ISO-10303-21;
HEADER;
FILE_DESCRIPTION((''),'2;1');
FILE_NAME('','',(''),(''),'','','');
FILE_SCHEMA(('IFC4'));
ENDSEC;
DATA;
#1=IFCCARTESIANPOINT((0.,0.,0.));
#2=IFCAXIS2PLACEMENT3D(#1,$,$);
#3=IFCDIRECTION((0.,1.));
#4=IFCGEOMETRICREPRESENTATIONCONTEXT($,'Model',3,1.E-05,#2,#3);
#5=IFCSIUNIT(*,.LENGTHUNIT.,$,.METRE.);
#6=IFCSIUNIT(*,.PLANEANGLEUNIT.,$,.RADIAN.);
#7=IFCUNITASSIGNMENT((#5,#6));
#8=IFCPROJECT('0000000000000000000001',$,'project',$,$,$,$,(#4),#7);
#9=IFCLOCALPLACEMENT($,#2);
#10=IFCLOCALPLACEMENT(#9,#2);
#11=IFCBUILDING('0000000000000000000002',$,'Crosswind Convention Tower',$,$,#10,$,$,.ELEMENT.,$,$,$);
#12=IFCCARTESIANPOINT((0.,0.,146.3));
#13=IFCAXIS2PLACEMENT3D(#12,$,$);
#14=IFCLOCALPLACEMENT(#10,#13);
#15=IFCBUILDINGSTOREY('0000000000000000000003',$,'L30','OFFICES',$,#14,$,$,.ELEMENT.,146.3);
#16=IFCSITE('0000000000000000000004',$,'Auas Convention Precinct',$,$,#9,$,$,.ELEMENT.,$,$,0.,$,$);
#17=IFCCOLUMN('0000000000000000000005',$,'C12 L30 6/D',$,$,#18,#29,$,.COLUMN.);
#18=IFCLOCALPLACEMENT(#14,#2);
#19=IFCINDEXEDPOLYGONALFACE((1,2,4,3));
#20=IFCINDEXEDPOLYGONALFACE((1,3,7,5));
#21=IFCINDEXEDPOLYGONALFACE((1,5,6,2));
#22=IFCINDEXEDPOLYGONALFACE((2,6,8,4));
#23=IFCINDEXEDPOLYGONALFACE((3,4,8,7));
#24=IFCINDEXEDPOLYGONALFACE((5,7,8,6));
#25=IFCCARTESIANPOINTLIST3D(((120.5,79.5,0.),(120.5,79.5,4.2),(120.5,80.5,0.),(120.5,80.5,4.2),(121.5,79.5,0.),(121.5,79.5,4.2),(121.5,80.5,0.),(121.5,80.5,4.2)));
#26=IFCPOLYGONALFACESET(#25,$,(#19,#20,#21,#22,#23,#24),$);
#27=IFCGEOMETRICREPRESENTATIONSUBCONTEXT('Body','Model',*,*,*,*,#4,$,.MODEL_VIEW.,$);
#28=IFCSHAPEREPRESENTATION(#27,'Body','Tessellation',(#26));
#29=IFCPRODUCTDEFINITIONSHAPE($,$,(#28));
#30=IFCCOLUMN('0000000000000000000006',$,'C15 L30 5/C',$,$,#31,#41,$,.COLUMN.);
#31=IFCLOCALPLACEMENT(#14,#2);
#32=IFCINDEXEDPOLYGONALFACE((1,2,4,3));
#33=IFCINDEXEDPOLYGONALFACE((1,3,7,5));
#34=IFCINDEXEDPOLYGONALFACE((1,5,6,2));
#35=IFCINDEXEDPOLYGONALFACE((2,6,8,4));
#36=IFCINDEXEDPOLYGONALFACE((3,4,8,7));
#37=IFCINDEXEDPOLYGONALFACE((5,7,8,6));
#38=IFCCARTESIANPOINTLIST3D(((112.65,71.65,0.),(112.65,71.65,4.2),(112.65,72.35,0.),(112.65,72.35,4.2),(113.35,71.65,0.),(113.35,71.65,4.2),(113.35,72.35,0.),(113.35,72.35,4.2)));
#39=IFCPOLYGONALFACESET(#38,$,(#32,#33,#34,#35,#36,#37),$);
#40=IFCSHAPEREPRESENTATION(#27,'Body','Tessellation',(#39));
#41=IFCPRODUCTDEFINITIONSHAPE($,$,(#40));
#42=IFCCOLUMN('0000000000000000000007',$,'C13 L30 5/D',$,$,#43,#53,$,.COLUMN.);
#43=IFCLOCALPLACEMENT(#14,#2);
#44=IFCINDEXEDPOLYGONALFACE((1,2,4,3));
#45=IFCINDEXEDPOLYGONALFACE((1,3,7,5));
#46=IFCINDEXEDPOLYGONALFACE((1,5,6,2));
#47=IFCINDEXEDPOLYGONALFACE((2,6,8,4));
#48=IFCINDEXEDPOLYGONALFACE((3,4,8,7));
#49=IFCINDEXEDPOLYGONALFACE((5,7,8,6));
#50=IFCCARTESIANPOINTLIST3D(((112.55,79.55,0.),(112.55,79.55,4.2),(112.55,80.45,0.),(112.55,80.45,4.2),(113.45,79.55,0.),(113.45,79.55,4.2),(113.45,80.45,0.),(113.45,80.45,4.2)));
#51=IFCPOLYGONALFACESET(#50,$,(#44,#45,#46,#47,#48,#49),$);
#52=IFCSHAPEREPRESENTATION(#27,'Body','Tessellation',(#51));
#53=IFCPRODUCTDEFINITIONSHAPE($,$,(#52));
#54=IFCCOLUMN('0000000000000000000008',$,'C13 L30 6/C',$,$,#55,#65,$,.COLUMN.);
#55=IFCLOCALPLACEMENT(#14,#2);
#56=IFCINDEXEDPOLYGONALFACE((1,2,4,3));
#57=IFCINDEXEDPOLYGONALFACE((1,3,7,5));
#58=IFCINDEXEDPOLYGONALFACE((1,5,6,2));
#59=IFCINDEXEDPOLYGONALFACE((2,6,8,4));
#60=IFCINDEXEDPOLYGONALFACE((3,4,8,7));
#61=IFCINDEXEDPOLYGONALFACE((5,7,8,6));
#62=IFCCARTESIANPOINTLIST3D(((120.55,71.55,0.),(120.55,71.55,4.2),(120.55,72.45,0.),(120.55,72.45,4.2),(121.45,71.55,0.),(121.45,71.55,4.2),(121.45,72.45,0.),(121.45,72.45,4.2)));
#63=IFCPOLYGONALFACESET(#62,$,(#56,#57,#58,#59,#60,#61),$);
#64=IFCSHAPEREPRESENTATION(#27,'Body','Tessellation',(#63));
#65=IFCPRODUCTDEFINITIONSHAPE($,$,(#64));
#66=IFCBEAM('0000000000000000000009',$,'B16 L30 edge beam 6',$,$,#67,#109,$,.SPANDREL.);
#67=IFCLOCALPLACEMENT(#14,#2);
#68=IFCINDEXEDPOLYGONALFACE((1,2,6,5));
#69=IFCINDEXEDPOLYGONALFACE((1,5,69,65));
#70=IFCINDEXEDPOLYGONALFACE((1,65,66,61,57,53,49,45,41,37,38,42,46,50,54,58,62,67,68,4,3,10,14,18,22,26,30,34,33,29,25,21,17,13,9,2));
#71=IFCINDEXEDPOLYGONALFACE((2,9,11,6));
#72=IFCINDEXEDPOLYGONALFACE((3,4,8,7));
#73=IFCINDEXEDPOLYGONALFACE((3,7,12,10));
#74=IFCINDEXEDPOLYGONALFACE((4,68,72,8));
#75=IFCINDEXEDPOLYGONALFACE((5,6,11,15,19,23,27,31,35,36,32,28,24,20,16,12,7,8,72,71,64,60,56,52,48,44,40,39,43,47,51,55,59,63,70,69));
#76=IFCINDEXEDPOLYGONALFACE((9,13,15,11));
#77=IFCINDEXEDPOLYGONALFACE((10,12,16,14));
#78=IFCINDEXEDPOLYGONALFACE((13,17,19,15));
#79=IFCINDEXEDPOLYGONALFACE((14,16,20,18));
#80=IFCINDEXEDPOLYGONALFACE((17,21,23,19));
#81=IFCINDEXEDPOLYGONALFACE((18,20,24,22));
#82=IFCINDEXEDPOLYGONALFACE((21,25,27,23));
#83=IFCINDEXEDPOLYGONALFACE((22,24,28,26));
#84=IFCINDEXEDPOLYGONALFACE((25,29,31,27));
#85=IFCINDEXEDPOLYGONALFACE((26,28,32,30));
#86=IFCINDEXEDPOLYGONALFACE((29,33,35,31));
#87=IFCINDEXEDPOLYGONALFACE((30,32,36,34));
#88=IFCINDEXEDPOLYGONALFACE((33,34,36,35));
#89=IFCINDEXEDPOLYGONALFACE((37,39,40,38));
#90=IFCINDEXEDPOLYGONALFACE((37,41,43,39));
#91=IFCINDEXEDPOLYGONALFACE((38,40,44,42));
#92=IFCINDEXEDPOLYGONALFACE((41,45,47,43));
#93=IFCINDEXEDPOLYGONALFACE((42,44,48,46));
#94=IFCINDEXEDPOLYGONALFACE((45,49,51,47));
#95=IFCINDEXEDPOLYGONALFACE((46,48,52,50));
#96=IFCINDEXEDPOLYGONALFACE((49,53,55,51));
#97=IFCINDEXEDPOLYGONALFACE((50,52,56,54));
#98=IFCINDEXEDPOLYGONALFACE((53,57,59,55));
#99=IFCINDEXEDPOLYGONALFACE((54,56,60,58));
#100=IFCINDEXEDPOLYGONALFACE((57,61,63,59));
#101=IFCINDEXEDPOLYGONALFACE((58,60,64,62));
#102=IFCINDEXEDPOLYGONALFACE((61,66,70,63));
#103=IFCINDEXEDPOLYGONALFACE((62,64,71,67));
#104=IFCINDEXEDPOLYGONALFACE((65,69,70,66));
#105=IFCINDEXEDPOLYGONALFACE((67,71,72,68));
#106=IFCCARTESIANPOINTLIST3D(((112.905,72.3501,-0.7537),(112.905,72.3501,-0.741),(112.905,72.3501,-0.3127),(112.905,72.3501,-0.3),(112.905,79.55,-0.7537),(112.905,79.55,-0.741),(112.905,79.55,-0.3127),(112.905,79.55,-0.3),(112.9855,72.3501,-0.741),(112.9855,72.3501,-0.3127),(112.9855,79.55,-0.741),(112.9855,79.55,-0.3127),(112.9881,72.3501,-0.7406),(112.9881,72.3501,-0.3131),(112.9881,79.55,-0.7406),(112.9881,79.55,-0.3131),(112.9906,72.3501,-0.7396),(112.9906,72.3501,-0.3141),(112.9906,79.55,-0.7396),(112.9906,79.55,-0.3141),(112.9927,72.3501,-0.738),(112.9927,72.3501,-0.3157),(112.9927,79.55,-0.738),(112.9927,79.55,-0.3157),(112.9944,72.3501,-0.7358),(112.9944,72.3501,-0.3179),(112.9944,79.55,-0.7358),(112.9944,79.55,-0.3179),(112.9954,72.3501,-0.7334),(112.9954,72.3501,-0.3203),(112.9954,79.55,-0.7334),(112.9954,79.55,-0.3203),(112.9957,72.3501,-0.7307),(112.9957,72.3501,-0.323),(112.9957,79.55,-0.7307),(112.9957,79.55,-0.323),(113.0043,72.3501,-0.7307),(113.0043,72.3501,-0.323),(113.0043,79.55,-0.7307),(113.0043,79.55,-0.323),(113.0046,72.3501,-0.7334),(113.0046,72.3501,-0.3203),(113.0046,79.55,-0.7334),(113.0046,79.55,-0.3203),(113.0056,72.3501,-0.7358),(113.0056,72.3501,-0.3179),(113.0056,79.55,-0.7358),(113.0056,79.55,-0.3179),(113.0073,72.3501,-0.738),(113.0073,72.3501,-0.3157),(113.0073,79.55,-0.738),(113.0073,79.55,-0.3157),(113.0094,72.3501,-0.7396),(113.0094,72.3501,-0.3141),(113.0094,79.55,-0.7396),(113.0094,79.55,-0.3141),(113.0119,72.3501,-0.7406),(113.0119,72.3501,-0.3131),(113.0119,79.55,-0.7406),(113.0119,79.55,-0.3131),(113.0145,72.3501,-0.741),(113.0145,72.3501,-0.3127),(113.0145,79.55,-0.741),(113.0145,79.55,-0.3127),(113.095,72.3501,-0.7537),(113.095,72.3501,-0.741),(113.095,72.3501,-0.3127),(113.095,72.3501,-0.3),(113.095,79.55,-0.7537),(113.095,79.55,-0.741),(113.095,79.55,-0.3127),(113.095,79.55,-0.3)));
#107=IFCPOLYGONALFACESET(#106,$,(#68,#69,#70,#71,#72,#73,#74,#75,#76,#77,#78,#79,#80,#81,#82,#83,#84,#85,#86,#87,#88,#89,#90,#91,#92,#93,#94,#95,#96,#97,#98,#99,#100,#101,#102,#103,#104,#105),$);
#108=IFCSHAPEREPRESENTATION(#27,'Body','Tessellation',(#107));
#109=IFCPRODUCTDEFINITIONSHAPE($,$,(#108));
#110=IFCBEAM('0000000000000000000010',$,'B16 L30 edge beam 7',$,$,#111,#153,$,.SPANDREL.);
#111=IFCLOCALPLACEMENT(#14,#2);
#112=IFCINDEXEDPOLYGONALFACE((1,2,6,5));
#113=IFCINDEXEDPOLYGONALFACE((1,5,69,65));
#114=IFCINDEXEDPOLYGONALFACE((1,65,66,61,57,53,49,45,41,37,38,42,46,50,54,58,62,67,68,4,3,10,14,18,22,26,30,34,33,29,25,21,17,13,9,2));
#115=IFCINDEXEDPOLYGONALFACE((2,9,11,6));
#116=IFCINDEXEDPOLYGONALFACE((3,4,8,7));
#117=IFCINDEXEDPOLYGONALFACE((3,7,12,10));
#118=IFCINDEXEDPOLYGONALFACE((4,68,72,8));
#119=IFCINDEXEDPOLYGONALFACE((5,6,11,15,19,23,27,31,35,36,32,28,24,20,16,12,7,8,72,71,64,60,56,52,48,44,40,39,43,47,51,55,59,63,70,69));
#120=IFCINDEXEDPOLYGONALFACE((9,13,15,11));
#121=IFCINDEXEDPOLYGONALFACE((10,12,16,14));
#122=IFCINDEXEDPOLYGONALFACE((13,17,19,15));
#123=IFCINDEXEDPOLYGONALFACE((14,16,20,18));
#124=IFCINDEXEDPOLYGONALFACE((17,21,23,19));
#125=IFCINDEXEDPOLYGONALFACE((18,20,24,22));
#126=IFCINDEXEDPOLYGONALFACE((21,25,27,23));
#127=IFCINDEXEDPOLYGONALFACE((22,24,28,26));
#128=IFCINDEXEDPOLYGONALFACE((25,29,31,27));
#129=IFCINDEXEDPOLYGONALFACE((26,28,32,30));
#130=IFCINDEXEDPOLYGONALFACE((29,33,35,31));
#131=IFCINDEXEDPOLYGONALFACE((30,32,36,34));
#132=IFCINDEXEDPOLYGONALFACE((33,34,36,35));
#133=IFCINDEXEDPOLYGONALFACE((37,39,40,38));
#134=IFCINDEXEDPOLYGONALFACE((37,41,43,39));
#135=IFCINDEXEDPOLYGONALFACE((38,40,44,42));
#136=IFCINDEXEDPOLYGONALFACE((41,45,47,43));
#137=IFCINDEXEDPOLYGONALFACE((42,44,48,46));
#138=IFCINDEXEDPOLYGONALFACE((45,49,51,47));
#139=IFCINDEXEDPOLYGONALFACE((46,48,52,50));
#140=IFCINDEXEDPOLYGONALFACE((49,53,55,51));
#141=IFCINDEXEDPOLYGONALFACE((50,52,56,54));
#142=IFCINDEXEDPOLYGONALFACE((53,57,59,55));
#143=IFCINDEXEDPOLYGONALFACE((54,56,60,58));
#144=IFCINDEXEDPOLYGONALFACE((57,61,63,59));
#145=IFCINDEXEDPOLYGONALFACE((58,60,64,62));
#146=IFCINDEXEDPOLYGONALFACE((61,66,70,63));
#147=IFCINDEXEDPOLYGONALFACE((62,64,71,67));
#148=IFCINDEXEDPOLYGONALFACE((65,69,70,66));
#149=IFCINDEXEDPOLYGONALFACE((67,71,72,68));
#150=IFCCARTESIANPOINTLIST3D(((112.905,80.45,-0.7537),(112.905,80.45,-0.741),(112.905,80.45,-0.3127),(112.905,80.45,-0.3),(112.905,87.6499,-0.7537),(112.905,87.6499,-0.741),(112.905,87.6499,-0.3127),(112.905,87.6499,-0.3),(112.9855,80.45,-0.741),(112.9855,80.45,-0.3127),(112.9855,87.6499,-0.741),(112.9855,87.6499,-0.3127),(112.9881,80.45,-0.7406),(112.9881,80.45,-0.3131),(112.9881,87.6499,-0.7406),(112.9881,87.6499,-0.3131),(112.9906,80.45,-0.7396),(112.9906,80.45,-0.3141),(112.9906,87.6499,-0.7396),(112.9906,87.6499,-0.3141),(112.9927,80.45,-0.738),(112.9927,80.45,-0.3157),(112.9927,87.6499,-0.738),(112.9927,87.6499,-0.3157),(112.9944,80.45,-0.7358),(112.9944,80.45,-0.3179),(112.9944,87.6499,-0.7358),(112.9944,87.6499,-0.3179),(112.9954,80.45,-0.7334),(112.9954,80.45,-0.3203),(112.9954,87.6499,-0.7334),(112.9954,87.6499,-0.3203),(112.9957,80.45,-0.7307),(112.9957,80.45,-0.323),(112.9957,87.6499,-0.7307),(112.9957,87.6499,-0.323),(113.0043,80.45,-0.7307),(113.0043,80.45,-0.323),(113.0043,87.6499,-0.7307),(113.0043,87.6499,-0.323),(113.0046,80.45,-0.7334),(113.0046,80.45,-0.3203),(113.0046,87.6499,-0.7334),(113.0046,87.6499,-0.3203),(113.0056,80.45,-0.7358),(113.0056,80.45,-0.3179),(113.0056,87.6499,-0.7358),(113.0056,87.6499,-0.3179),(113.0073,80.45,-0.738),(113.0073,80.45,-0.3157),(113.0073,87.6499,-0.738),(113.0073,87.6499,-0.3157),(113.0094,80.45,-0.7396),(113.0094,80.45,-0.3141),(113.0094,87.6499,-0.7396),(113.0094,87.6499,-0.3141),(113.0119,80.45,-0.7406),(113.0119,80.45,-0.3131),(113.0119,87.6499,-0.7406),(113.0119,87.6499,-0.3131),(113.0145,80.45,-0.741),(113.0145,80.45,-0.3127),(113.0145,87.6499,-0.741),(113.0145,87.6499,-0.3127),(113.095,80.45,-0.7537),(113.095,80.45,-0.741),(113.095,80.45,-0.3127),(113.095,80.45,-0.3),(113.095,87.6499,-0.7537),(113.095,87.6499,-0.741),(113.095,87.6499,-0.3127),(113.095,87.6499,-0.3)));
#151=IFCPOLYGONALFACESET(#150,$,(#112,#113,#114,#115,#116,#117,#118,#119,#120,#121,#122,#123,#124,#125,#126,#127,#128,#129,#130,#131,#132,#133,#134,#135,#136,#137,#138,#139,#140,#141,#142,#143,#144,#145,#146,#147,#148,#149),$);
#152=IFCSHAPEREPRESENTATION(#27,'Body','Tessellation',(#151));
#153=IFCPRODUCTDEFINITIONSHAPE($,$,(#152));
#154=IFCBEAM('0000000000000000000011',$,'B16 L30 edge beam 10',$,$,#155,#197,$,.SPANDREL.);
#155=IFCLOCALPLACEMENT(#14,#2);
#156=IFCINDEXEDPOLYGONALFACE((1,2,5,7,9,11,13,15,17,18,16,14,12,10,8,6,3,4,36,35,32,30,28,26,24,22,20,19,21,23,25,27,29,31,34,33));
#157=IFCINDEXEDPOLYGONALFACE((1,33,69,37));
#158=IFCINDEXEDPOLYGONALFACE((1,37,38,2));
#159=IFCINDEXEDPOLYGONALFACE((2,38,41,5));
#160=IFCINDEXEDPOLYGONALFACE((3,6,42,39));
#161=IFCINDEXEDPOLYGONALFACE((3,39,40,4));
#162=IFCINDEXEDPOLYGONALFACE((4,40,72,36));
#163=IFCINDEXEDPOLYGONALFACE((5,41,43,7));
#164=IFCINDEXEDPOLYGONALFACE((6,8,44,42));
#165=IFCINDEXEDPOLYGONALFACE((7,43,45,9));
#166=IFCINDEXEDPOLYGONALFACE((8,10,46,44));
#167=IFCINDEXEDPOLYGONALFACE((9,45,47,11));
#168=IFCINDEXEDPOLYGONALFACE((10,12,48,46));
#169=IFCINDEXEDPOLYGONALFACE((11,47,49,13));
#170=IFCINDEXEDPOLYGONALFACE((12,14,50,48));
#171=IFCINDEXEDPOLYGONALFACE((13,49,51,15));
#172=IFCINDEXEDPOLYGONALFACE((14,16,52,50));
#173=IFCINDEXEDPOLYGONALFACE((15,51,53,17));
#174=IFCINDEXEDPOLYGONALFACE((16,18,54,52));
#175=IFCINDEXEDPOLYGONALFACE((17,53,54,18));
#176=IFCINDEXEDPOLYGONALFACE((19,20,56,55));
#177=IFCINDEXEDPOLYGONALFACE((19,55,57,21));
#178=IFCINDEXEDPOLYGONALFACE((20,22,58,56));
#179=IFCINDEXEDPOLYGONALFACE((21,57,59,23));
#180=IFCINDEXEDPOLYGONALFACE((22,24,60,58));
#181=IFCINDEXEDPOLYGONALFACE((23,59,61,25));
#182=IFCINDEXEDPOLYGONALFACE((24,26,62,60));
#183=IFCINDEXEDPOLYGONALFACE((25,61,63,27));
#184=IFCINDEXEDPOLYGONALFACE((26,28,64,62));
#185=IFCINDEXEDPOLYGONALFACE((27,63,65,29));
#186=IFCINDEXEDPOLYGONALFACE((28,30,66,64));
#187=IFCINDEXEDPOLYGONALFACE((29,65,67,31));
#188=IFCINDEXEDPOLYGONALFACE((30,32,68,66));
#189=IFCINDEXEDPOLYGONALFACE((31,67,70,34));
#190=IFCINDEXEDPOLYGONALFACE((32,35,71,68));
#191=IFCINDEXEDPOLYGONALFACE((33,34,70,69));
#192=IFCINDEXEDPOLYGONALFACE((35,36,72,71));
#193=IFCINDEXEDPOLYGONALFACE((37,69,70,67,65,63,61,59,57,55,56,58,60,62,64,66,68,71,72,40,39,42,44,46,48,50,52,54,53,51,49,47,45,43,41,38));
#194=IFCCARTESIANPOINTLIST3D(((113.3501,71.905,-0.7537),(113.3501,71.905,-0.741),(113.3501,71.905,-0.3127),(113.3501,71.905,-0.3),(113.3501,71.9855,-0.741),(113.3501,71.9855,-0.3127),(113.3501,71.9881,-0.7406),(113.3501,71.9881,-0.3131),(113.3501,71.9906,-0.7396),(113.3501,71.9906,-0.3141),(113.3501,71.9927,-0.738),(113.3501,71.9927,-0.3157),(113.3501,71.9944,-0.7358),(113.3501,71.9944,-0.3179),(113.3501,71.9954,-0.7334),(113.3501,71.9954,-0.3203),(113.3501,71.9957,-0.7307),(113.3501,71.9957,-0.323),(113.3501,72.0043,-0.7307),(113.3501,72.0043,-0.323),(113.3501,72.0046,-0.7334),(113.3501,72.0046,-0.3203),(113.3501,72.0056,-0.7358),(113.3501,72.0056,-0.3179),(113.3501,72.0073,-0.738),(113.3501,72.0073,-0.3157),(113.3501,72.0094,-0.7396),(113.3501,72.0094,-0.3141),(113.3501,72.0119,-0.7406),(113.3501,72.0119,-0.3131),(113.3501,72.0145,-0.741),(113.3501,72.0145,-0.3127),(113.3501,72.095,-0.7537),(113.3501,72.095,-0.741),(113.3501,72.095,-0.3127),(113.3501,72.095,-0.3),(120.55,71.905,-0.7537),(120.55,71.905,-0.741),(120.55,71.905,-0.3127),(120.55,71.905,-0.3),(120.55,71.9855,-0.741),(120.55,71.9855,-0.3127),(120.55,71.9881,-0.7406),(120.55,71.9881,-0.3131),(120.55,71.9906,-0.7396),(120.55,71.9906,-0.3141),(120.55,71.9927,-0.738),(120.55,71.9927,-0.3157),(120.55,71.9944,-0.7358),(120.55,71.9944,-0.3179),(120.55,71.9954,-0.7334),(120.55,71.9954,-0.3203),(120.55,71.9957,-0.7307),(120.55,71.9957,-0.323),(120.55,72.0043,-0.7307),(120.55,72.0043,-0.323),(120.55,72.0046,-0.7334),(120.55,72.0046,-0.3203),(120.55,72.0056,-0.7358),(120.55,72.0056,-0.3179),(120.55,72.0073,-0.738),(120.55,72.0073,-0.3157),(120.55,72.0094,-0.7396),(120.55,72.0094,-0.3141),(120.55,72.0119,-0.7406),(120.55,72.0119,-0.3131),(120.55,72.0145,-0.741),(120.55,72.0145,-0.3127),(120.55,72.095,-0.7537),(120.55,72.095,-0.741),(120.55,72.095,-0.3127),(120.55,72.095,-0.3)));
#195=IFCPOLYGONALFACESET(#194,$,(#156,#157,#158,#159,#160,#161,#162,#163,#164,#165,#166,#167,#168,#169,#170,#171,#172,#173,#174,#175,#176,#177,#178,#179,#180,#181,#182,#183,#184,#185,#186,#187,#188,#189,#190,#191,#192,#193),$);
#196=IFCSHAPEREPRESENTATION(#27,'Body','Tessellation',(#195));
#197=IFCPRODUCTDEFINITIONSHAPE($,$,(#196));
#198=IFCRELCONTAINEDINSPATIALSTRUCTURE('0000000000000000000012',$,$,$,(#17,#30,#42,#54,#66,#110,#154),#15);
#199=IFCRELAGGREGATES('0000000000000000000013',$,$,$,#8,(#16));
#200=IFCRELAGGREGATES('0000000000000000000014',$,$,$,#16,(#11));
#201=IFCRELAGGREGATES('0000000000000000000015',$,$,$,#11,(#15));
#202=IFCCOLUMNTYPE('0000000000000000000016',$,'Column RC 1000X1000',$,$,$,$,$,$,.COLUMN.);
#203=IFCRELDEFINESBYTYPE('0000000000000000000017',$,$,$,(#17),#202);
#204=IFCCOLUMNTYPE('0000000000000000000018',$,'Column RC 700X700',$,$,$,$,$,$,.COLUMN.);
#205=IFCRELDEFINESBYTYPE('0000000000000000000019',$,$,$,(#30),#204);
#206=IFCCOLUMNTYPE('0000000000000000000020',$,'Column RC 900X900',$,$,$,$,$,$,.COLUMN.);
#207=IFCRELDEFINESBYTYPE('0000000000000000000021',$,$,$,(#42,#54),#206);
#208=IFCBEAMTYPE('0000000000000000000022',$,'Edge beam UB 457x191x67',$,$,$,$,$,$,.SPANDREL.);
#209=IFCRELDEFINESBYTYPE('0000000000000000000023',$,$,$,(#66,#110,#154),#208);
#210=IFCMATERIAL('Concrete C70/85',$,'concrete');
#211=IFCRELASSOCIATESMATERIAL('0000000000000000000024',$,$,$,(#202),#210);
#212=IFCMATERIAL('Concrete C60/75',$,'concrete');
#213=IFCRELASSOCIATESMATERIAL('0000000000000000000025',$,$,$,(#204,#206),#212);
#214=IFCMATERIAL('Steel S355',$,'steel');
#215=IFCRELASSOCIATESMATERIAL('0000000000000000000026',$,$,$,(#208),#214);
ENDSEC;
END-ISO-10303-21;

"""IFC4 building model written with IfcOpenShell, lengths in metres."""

from ifc_helpers import new_model, si_unit, direction, frame, origin, origin_2d, place, context, subcontext, project, spatial, rectangle, i_section, extrude, material, material_profile, profile_set, type_object, element, save


model = new_model("IFC4")

# Units and contexts
model_context = context("Model", 3, precision=1e-05, world=origin(), true_north=direction((0.0, 1.0)))
body_context = subcontext(model_context, "Body", "Model", "MODEL_VIEW")
ifc_project = project(units=[si_unit("LENGTHUNIT", "METRE"), si_unit("PLANEANGLEUNIT", "RADIAN")], contexts=[model_context])

# Site, building, storey
site_placement = place(None, origin())
site = spatial("IfcSite", under=ifc_project, at=site_placement, Name="Auas Convention Precinct", CompositionType="ELEMENT", RefElevation=0.0)
building_placement = place(site_placement, origin())
building = spatial("IfcBuilding", under=site, at=building_placement, Name="Crosswind Convention Tower", CompositionType="ELEMENT")
storey_placement = place(building_placement, frame((0.0, 0.0, 146.3)))
storey = spatial("IfcBuildingStorey", under=building, at=storey_placement, Name="L30", Description="OFFICES", CompositionType="ELEMENT", Elevation=146.3)

# Columns
ifc_material_1 = material(Name="Concrete C70/85", Category="concrete")
ifc_material_profile_1 = material_profile(ifc_material_1, rectangle(XDim=1.0, YDim=1.0, at=origin_2d()), Name="RC 1000X1000")
ifc_profile_set_1 = profile_set([ifc_material_profile_1], Name="Concrete C70/85")
column_type_1 = type_object("IfcColumnType", Name="Column RC 1000X1000", PredefinedType="COLUMN", material=ifc_profile_set_1)
column_1_placement = place(storey_placement, frame((121.0, 80.0, 0.0), z_axis=(0.0, 0.0, 1.0), x_axis=(1.0, 0.0, 0.0)))
element("IfcColumn", 1, at=column_1_placement, inside=storey, type_object=column_type_1, Name="C12 L30 6/D", PredefinedType="COLUMN", context=body_context, shape_type="SweptSolid", body=[
    extrude(rectangle(XDim=1.0, YDim=1.0, at=origin_2d()), origin(), (0.0, 0.0, 1.0), 4.2),
])
ifc_material_2 = material(Name="Concrete C60/75", Category="concrete")
ifc_material_profile_2 = material_profile(ifc_material_2, rectangle(XDim=0.7, YDim=0.7, at=origin_2d()), Name="RC 700X700")
ifc_profile_set_2 = profile_set([ifc_material_profile_2], Name="Concrete C60/75")
column_type_2 = type_object("IfcColumnType", Name="Column RC 700X700", PredefinedType="COLUMN", material=ifc_profile_set_2)
column_2_placement = place(storey_placement, frame((113.0, 72.0, 0.0), z_axis=(0.0, 0.0, 1.0), x_axis=(1.0, 0.0, 0.0)))
element("IfcColumn", 2, at=column_2_placement, inside=storey, type_object=column_type_2, Name="C15 L30 5/C", PredefinedType="COLUMN", context=body_context, shape_type="SweptSolid", body=[
    extrude(rectangle(XDim=0.7, YDim=0.7, at=origin_2d()), origin(), (0.0, 0.0, 1.0), 4.2),
])
ifc_material_profile_3 = material_profile(ifc_material_2, rectangle(XDim=0.8999, YDim=0.8999, at=origin_2d()), Name="RC 900X900")
ifc_profile_set_3 = profile_set([ifc_material_profile_3], Name="Concrete C60/75")
column_type_3 = type_object("IfcColumnType", Name="Column RC 900X900", PredefinedType="COLUMN", material=ifc_profile_set_3)
for number, where, z_axis, x_axis, name in (
    (3, (113.0, 80.0, 0.0), (0.0, 0.0, 1.0), (1.0, 0.0, 0.0), "C13 L30 5/D"),
    (4, (121.0, 72.0, 0.0), (0.0, 0.0, 1.0), (1.0, 0.0, 0.0), "C13 L30 6/C"),
):
    element("IfcColumn", number, at=place(storey_placement, frame(where, z_axis=z_axis, x_axis=x_axis)), inside=storey, type_object=column_type_3, Name=name, PredefinedType="COLUMN", context=body_context, shape_type="SweptSolid", body=[
        extrude(rectangle(XDim=0.8999, YDim=0.8999, at=origin_2d()), origin(), (0.0, 0.0, 1.0), 4.2),
    ])

# Beams
ifc_material_3 = material(Name="Steel S355", Category="steel")
ifc_material_profile_4 = material_profile(ifc_material_3, i_section(OverallWidth=0.1899, OverallDepth=0.4536, WebThickness=0.0085, FlangeThickness=0.0127, FilletRadius=0.0103, at=origin_2d()), Name="UB 457x191x67")
ifc_profile_set_4 = profile_set([ifc_material_profile_4], Name="Steel S355")
beam_type_1 = type_object("IfcBeamType", Name="Edge beam UB 457x191x67", PredefinedType="SPANDREL", material=ifc_profile_set_4)
for number, where, z_axis, x_axis, name in (
    (5, (113.0, 72.3501, -0.5269), (0.0, 1.0, 0.0), (-1.0, 0.0, 0.0), "B16 L30 edge beam 6"),
    (6, (113.0, 80.45, -0.5269), (0.0, 1.0, 0.0), (-1.0, 0.0, 0.0), "B16 L30 edge beam 7"),
    (7, (113.3501, 72.0, -0.5269), (1.0, 0.0, 0.0), (0.0, 1.0, 0.0), "B16 L30 edge beam 10"),
):
    element("IfcBeam", number, at=place(storey_placement, frame(where, z_axis=z_axis, x_axis=x_axis)), inside=storey, type_object=beam_type_1, Name=name, PredefinedType="SPANDREL", context=body_context, shape_type="SweptSolid", body=[
        extrude(i_section(OverallWidth=0.1899, OverallDepth=0.4536, WebThickness=0.0085, FlangeThickness=0.0127, FilletRadius=0.0103, at=origin_2d()), origin(), (0.0, 0.0, 1.0), 7.2),
    ])

save(model, "model.ifc")
